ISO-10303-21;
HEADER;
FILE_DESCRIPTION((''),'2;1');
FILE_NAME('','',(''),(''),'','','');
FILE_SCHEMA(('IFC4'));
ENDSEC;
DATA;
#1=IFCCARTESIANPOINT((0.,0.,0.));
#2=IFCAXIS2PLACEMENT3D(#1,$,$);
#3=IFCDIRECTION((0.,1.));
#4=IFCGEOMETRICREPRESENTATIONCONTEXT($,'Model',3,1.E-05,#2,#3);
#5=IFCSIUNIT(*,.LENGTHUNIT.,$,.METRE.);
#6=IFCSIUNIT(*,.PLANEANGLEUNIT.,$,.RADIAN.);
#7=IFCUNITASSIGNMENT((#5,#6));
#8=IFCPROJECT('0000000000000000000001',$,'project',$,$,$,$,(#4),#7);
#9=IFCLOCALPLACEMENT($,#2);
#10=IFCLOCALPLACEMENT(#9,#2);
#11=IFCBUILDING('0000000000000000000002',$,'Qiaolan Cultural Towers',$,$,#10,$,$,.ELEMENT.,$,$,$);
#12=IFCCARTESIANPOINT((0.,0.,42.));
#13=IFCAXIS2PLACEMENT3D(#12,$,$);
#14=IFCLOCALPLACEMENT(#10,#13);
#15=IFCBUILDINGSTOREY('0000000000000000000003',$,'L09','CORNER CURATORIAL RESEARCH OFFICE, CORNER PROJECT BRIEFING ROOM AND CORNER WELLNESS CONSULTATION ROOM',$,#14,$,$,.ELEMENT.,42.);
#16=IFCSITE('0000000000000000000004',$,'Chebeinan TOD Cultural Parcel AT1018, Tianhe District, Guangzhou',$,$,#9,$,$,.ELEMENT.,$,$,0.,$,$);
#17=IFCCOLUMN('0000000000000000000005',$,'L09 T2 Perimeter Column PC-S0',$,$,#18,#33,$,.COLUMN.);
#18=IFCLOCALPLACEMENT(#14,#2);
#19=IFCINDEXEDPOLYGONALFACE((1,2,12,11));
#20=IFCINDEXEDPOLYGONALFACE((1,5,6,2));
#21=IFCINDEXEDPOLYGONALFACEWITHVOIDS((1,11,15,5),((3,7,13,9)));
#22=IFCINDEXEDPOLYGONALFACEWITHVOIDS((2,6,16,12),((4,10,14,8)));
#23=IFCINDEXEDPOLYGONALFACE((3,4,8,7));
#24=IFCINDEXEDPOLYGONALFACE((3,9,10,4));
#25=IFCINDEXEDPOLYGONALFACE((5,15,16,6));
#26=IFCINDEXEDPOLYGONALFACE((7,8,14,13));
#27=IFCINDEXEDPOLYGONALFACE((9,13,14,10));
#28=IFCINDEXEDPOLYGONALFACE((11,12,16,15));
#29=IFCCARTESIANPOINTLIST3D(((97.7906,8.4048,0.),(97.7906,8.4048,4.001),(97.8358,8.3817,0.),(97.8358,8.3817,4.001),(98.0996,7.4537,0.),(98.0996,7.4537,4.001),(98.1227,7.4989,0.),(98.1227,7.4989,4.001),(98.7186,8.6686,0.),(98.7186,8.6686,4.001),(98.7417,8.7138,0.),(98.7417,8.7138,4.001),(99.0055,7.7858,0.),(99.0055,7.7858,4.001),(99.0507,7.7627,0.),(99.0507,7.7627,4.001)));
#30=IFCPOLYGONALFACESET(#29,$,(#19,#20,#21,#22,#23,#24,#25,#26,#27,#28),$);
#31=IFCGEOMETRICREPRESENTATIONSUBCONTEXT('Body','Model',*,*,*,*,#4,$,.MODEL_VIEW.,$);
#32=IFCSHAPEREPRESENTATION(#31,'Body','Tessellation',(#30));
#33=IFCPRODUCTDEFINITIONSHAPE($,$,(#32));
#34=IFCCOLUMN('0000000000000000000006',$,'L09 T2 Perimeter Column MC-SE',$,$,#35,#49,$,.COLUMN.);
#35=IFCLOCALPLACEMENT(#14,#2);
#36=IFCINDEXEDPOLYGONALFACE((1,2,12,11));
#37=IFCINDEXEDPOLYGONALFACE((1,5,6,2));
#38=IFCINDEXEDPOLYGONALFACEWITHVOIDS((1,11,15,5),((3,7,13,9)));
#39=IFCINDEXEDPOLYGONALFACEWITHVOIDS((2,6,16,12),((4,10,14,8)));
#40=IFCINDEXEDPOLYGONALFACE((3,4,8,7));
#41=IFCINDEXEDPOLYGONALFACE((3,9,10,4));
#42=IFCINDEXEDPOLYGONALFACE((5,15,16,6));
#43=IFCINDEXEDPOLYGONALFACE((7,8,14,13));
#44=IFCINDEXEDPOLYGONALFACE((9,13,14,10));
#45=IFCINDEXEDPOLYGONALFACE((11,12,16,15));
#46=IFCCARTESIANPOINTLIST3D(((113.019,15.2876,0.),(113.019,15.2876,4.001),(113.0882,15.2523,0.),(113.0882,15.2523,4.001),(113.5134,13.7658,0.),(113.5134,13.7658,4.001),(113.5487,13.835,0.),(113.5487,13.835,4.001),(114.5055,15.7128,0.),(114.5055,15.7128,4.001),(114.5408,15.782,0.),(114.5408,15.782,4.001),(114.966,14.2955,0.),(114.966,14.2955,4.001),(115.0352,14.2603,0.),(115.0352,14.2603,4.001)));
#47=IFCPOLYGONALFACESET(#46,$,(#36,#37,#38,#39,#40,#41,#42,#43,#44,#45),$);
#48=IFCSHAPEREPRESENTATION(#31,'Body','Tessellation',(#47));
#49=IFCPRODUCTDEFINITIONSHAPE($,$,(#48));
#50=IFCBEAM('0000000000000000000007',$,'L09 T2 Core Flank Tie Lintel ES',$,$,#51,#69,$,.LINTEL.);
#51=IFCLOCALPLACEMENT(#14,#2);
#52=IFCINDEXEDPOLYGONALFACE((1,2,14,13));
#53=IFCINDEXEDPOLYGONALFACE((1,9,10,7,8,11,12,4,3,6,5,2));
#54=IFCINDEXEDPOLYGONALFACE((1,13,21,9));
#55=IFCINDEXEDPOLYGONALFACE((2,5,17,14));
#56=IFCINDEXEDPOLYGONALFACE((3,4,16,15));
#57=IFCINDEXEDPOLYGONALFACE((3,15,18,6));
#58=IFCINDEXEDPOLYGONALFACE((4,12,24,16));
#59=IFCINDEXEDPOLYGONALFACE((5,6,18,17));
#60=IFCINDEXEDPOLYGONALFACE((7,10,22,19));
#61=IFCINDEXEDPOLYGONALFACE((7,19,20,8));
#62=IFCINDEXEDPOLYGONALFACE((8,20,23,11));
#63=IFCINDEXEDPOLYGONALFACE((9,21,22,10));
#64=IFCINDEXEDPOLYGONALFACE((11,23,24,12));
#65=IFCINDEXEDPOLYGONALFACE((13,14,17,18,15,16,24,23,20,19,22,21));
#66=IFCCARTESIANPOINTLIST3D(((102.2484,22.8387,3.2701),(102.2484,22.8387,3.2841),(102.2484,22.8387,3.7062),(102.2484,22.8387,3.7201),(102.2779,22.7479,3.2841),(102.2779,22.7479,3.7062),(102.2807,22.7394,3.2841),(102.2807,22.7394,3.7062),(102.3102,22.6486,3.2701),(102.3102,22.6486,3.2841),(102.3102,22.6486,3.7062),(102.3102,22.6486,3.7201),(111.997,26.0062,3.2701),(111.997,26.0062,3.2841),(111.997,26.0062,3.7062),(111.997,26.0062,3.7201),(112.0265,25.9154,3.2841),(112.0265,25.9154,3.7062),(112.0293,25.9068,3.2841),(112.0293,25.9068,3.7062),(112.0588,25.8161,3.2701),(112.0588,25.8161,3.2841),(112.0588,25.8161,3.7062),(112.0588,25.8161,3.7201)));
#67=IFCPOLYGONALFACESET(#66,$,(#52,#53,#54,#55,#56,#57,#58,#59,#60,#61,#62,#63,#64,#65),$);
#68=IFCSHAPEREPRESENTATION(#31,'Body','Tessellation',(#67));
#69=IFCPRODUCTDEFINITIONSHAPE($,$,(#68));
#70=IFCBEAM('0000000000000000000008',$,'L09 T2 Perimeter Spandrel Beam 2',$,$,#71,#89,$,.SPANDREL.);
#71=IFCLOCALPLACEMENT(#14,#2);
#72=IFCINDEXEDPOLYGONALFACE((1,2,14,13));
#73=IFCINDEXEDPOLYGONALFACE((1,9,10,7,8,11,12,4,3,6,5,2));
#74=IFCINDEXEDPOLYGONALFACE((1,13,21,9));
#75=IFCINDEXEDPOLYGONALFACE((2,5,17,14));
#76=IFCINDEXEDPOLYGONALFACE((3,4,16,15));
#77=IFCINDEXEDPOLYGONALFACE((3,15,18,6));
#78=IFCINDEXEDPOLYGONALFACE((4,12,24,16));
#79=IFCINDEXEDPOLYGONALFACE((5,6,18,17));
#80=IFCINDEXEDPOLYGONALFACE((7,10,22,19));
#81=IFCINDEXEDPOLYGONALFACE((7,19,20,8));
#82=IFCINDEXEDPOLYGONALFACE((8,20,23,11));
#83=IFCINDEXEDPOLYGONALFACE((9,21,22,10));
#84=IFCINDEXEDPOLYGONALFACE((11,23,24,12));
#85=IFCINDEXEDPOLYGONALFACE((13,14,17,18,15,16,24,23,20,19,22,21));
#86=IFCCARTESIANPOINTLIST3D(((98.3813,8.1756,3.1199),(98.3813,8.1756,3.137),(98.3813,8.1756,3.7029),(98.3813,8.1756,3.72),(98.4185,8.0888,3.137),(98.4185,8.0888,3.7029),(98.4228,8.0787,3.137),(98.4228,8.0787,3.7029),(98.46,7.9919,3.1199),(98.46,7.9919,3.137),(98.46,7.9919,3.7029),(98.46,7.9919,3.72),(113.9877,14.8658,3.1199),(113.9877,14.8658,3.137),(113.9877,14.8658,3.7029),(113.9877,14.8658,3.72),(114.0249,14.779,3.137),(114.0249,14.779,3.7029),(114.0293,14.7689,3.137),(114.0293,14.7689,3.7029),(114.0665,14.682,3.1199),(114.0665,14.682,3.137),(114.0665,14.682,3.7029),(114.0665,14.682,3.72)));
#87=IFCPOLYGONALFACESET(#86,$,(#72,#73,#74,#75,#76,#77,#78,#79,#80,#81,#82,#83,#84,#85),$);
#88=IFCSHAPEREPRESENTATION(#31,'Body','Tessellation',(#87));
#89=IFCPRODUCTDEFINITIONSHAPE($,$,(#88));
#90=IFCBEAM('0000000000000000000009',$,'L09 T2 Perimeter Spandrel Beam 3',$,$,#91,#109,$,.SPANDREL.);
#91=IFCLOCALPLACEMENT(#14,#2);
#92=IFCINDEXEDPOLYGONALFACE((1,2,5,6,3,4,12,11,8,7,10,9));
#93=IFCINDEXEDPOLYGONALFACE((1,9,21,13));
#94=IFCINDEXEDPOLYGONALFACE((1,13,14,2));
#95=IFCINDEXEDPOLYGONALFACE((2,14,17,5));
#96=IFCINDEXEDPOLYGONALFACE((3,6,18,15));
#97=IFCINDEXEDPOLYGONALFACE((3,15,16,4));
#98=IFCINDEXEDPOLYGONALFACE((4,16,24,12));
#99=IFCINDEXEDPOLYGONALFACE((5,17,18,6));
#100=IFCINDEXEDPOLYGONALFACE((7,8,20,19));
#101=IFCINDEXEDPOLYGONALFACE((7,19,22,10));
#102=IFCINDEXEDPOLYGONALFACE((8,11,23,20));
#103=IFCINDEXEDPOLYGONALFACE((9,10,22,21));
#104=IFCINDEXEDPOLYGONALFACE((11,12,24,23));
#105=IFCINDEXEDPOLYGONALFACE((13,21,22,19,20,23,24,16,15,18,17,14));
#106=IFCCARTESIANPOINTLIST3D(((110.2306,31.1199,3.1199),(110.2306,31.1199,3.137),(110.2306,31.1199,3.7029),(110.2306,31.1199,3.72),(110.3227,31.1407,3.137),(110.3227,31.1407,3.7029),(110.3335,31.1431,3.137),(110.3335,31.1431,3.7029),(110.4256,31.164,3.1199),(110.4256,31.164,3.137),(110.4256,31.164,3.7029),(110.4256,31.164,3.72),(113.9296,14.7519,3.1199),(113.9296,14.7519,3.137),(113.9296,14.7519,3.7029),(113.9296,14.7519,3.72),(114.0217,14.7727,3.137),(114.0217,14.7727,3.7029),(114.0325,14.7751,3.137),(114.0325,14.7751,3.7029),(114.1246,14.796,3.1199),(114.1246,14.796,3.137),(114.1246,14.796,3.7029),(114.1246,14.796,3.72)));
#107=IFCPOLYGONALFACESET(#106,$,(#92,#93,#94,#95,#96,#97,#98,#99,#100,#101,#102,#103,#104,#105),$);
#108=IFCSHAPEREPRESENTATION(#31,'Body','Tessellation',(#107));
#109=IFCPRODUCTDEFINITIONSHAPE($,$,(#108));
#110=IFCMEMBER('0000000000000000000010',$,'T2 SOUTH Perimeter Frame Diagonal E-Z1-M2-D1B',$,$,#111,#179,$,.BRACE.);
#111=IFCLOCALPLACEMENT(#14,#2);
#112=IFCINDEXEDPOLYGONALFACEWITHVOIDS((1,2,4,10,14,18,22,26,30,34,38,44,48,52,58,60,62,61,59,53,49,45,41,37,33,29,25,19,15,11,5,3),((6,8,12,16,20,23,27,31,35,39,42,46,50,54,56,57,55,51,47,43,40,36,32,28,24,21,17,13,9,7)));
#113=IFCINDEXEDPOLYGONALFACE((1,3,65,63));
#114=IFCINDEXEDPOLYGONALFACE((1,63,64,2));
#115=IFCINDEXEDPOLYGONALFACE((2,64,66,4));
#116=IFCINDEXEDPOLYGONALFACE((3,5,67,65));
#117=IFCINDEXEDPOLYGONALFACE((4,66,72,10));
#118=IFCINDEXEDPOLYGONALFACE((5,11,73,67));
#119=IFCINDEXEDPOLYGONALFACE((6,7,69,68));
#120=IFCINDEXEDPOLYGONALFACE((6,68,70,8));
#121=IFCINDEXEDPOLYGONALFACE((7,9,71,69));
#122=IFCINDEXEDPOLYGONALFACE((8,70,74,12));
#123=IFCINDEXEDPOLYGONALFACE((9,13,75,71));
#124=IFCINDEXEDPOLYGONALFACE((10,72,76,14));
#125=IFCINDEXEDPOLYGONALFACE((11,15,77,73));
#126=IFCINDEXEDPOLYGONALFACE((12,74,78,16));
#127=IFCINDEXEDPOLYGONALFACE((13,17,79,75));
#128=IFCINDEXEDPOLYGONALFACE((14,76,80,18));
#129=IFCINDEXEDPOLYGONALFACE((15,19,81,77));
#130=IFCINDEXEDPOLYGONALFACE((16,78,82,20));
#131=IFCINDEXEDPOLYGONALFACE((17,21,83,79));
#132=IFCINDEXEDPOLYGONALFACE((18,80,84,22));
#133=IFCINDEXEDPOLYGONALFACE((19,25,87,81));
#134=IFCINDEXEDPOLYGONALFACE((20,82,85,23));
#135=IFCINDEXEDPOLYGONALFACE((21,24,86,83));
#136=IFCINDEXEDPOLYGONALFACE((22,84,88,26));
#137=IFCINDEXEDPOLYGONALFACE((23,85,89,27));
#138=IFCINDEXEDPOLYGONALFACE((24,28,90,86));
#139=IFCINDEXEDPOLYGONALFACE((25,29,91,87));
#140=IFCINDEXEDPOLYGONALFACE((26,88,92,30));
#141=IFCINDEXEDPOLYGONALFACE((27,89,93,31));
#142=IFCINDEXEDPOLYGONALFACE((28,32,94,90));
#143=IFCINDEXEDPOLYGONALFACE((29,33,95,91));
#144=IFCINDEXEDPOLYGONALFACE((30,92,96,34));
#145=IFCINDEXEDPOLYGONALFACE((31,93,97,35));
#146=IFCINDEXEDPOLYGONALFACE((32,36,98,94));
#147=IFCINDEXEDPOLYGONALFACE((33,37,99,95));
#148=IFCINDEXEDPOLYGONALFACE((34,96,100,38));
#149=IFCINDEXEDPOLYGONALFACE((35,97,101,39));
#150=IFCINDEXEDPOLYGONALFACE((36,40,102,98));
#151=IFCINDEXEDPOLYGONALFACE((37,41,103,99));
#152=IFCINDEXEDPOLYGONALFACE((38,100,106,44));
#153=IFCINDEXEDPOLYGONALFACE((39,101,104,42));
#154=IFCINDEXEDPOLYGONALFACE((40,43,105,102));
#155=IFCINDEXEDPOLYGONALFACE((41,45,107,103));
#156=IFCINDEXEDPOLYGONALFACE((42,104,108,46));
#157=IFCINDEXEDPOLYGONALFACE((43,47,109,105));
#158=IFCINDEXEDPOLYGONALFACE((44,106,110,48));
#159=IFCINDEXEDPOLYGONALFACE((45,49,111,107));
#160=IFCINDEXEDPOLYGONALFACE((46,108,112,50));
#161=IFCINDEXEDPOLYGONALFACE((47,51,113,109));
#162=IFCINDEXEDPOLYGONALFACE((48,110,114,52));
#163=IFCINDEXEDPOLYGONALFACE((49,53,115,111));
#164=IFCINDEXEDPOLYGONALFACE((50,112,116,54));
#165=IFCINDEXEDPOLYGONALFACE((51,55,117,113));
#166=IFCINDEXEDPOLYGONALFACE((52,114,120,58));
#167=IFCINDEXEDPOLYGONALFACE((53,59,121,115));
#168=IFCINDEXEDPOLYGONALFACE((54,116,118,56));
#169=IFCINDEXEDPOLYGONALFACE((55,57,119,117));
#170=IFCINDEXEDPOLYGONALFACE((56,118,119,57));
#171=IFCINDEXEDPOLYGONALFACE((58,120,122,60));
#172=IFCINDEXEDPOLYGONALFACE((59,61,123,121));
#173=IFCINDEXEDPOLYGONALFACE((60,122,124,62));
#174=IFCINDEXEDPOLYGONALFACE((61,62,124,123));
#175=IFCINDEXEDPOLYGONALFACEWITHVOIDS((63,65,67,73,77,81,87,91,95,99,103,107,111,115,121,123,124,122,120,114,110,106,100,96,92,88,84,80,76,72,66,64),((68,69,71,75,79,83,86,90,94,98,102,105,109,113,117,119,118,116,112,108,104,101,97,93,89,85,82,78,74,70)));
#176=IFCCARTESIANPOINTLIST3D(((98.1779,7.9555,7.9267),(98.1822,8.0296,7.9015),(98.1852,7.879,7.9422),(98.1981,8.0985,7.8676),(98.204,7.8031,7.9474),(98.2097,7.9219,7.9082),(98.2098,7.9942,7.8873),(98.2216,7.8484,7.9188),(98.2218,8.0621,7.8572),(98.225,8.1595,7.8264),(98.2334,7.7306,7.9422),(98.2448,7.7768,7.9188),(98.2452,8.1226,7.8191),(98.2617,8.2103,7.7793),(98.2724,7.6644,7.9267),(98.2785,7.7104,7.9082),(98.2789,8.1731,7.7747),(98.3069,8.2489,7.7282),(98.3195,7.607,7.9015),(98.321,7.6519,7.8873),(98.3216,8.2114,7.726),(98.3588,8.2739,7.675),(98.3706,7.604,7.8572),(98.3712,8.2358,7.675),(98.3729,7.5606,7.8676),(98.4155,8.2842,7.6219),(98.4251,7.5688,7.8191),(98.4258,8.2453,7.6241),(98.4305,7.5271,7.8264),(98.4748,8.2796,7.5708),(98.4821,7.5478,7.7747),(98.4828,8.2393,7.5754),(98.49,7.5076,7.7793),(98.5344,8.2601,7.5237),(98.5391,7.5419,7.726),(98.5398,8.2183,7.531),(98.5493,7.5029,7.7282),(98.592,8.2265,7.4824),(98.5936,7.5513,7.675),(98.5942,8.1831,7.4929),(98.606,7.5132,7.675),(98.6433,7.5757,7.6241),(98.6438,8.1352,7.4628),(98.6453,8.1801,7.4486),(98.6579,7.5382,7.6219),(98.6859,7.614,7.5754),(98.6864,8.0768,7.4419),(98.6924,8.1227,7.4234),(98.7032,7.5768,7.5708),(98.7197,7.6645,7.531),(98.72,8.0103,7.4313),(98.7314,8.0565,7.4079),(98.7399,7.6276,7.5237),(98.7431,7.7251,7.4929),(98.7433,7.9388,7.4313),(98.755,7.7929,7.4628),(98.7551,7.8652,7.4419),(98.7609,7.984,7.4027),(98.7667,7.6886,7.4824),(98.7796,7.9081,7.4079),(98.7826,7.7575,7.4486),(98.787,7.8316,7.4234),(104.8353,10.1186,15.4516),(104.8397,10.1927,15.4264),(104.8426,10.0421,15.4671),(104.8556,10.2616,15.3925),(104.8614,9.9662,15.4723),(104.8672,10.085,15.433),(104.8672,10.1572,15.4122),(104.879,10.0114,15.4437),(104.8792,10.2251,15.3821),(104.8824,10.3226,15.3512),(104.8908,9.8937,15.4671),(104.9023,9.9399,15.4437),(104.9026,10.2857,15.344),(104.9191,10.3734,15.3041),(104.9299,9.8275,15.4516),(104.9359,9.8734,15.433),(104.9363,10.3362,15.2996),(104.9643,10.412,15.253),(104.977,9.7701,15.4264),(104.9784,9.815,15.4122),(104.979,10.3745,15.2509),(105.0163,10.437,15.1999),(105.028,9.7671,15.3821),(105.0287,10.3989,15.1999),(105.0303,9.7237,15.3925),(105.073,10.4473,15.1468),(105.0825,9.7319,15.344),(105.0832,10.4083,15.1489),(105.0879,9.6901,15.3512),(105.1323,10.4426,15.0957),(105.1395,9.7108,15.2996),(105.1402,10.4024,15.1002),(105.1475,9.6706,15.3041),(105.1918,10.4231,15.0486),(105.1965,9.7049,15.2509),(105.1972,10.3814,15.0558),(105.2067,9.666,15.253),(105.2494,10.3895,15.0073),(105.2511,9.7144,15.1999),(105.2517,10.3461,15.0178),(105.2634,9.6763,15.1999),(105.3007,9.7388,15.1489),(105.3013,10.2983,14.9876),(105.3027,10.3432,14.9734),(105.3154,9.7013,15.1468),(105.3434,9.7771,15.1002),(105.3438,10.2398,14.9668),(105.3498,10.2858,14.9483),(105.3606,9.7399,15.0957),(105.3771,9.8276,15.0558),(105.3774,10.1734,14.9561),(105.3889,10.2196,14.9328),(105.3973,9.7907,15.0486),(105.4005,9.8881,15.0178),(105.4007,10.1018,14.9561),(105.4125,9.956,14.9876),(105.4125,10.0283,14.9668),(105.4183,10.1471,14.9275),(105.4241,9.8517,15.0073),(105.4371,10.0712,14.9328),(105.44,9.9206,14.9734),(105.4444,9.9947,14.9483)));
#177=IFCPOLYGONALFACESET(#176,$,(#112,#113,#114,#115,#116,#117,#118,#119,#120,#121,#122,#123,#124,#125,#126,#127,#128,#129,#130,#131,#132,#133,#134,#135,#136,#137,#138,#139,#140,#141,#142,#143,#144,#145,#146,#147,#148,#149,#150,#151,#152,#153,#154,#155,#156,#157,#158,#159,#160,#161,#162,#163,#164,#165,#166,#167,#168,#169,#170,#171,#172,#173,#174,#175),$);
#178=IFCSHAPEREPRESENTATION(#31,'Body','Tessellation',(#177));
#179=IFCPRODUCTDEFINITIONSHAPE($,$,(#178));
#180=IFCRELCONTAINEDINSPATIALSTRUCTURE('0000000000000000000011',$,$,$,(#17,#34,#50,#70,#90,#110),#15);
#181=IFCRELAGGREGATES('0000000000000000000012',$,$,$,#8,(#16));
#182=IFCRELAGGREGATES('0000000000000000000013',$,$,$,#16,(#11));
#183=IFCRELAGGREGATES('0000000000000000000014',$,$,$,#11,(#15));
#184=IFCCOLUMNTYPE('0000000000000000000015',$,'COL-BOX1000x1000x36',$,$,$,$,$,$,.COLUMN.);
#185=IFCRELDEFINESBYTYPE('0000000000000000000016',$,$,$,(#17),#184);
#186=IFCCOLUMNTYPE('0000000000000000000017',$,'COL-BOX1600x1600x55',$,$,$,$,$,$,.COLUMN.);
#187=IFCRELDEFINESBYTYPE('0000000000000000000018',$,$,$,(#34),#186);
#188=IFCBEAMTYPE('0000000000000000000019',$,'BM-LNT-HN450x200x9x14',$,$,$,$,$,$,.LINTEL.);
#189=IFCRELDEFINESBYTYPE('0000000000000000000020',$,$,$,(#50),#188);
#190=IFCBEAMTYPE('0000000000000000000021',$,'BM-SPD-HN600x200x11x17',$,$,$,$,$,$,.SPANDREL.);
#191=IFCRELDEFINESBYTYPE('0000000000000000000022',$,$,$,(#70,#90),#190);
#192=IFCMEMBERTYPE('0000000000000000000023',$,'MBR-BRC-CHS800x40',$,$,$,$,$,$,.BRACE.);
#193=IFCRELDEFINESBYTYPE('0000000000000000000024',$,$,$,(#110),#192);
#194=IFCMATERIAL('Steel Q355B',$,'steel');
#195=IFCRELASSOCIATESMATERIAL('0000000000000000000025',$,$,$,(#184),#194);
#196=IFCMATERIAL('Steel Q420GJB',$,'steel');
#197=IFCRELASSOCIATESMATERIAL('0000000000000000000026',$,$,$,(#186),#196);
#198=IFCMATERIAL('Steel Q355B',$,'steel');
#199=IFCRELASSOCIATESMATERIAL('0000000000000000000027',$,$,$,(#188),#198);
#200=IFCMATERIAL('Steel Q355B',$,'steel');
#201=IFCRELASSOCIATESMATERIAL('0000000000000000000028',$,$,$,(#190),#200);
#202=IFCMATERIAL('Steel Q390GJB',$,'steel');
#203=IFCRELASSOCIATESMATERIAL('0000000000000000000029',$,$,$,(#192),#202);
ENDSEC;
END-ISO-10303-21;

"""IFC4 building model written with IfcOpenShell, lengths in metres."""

from ifc_helpers import new_model, si_unit, direction, frame, origin, origin_2d, place, context, subcontext, project, spatial, hollow_rectangle, hollow_circle, i_section, extrude, material, material_profile, profile_set, type_object, element, save


model = new_model("IFC4")

# Units and contexts
model_context = context("Model", 3, precision=1e-05, world=origin(), true_north=direction((0.0, 1.0)))
body_context = subcontext(model_context, "Body", "Model", "MODEL_VIEW")
ifc_project = project(units=[si_unit("LENGTHUNIT", "METRE"), si_unit("PLANEANGLEUNIT", "RADIAN")], contexts=[model_context])

# Site, building, storey
site_placement = place(None, origin())
site = spatial("IfcSite", under=ifc_project, at=site_placement, Name="Chebeinan TOD Cultural Parcel AT1018, Tianhe District, Guangzhou", CompositionType="ELEMENT", RefElevation=0.0)
building_placement = place(site_placement, origin())
building = spatial("IfcBuilding", under=site, at=building_placement, Name="Qiaolan Cultural Towers", CompositionType="ELEMENT")
storey_placement = place(building_placement, frame((0.0, 0.0, 42.0)))
storey = spatial("IfcBuildingStorey", under=building, at=storey_placement, Name="L09", Description="CORNER CURATORIAL RESEARCH OFFICE, CORNER PROJECT BRIEFING ROOM AND CORNER WELLNESS CONSULTATION ROOM", CompositionType="ELEMENT", Elevation=42.0)

# Columns
ifc_material_1 = material(Name="Steel Q355B", Category="steel")
ifc_material_profile_1 = material_profile(ifc_material_1, hollow_rectangle(XDim=1.0, YDim=1.0, WallThickness=0.0359, at=origin_2d()), Name="BOX1000x1000x36")
ifc_profile_set_1 = profile_set([ifc_material_profile_1], Name="Steel Q355B")
column_type_1 = type_object("IfcColumnType", Name="COL-BOX1000x1000x36", PredefinedType="COLUMN", material=ifc_profile_set_1)
column_1_placement = place(storey_placement, frame((98.4207, 8.0837, 0.0), z_axis=(0.0, 0.0, 1.0), x_axis=(0.951057, 0.309017, 0.0)))
element("IfcColumn", 1, at=column_1_placement, inside=storey, type_object=column_type_1, Name="L09 T2 Perimeter Column PC-S0", PredefinedType="COLUMN", context=body_context, shape_type="SweptSolid", body=[
    extrude(hollow_rectangle(XDim=1.0, YDim=1.0, WallThickness=0.0359, at=origin_2d()), origin(), (0.0, 0.0, 1.0), 4.001),
])
ifc_material_2 = material(Name="Steel Q420GJB", Category="steel")
ifc_material_profile_2 = material_profile(ifc_material_2, hollow_rectangle(XDim=1.6001, YDim=1.6001, WallThickness=0.0549, at=origin_2d()), Name="BOX1600x1600x55")
ifc_profile_set_2 = profile_set([ifc_material_profile_2], Name="Steel Q420GJB")
column_type_2 = type_object("IfcColumnType", Name="COL-BOX1600x1600x55", PredefinedType="COLUMN", material=ifc_profile_set_2)
column_2_placement = place(storey_placement, frame((114.0271, 14.7739, 0.0), z_axis=(0.0, 0.0, 1.0), x_axis=(0.951057, 0.309017, 0.0)))
element("IfcColumn", 2, at=column_2_placement, inside=storey, type_object=column_type_2, Name="L09 T2 Perimeter Column MC-SE", PredefinedType="COLUMN", context=body_context, shape_type="SweptSolid", body=[
    extrude(hollow_rectangle(XDim=1.6001, YDim=1.6001, WallThickness=0.0549, at=origin_2d()), origin(), (0.0, 0.0, 1.0), 4.001),
])

# Beams
ifc_material_3 = material(Name="Steel Q355B", Category="steel")
ifc_material_profile_3 = material_profile(ifc_material_3, i_section(OverallWidth=0.2, OverallDepth=0.45, WebThickness=0.009, FlangeThickness=0.0139, at=origin_2d()), Name="HN450x200x9x14")
ifc_profile_set_3 = profile_set([ifc_material_profile_3], Name="Steel Q355B")
beam_type_1 = type_object("IfcBeamType", Name="BM-LNT-HN450x200x9x14", PredefinedType="LINTEL", material=ifc_profile_set_3)
beam_1_placement = place(storey_placement, frame((102.2793, 22.7437, 3.4951), z_axis=(0.951057, 0.309016, 0.0), x_axis=(-0.309016, 0.951057, 0.0)))
element("IfcBeam", 3, at=beam_1_placement, inside=storey, type_object=beam_type_1, Name="L09 T2 Core Flank Tie Lintel ES", PredefinedType="LINTEL", context=body_context, shape_type="SweptSolid", body=[
    extrude(i_section(OverallWidth=0.2, OverallDepth=0.45, WebThickness=0.009, FlangeThickness=0.0139, at=origin_2d()), origin(), (0.0, 0.0, 1.0), 10.2502),
])
ifc_material_4 = material(Name="Steel Q355B", Category="steel")
ifc_material_profile_4 = material_profile(ifc_material_4, i_section(OverallWidth=0.2, OverallDepth=0.6001, WebThickness=0.011, FlangeThickness=0.0171, at=origin_2d()), Name="HN600x200x11x17")
ifc_profile_set_4 = profile_set([ifc_material_profile_4], Name="Steel Q355B")
beam_type_2 = type_object("IfcBeamType", Name="BM-SPD-HN600x200x11x17", PredefinedType="SPANDREL", material=ifc_profile_set_4)
beam_2_placement = place(storey_placement, frame((98.4207, 8.0837, 3.4199), z_axis=(0.919109, 0.394004, 0.0), x_axis=(-0.394004, 0.919109, 0.0)))
element("IfcBeam", 4, at=beam_2_placement, inside=storey, type_object=beam_type_2, Name="L09 T2 Perimeter Spandrel Beam 2", PredefinedType="SPANDREL", context=body_context, shape_type="SweptSolid", body=[
    extrude(i_section(OverallWidth=0.2, OverallDepth=0.6001, WebThickness=0.011, FlangeThickness=0.0171, at=origin_2d()), origin(), (0.0, 0.0, 1.0), 16.98),
])
beam_3_placement = place(storey_placement, frame((114.0271, 14.7739, 3.4199), z_axis=(-0.220431, 0.975403, 0.0), x_axis=(-0.975403, -0.220431, 0.0)))
element("IfcBeam", 5, at=beam_3_placement, inside=storey, type_object=beam_type_2, Name="L09 T2 Perimeter Spandrel Beam 3", PredefinedType="SPANDREL", context=body_context, shape_type="SweptSolid", body=[
    extrude(i_section(OverallWidth=0.2, OverallDepth=0.6001, WebThickness=0.011, FlangeThickness=0.0171, at=origin_2d()), origin(), (0.0, 0.0, 1.0), 16.7808),
])

# Member
ifc_material_5 = material(Name="Steel Q390GJB", Category="steel")
ifc_material_profile_5 = material_profile(ifc_material_5, hollow_circle(Radius=0.3999, WallThickness=0.04, at=origin_2d()), Name="CHS800x40")
ifc_profile_set_5 = profile_set([ifc_material_profile_5], Name="Steel Q390GJB")
member_type = type_object("IfcMemberType", Name="MBR-BRC-CHS800x40", PredefinedType="BRACE", material=ifc_profile_set_5)
member_1_placement = place(storey_placement, frame((98.4824, 7.8936, 7.675), z_axis=(0.647778, 0.21047, 0.732179), x_axis=(-0.30901, 0.951059, 0.0)))
element("IfcMember", 6, at=member_1_placement, inside=storey, type_object=member_type, Name="T2 SOUTH Perimeter Frame Diagonal E-Z1-M2-D1B", PredefinedType="BRACE", context=body_context, shape_type="SweptSolid", body=[
    extrude(hollow_circle(Radius=0.3999, WallThickness=0.04, at=origin_2d()), origin(), (0.0, 0.0, 1.0), 10.2773),
])

save(model, "model.ifc")
